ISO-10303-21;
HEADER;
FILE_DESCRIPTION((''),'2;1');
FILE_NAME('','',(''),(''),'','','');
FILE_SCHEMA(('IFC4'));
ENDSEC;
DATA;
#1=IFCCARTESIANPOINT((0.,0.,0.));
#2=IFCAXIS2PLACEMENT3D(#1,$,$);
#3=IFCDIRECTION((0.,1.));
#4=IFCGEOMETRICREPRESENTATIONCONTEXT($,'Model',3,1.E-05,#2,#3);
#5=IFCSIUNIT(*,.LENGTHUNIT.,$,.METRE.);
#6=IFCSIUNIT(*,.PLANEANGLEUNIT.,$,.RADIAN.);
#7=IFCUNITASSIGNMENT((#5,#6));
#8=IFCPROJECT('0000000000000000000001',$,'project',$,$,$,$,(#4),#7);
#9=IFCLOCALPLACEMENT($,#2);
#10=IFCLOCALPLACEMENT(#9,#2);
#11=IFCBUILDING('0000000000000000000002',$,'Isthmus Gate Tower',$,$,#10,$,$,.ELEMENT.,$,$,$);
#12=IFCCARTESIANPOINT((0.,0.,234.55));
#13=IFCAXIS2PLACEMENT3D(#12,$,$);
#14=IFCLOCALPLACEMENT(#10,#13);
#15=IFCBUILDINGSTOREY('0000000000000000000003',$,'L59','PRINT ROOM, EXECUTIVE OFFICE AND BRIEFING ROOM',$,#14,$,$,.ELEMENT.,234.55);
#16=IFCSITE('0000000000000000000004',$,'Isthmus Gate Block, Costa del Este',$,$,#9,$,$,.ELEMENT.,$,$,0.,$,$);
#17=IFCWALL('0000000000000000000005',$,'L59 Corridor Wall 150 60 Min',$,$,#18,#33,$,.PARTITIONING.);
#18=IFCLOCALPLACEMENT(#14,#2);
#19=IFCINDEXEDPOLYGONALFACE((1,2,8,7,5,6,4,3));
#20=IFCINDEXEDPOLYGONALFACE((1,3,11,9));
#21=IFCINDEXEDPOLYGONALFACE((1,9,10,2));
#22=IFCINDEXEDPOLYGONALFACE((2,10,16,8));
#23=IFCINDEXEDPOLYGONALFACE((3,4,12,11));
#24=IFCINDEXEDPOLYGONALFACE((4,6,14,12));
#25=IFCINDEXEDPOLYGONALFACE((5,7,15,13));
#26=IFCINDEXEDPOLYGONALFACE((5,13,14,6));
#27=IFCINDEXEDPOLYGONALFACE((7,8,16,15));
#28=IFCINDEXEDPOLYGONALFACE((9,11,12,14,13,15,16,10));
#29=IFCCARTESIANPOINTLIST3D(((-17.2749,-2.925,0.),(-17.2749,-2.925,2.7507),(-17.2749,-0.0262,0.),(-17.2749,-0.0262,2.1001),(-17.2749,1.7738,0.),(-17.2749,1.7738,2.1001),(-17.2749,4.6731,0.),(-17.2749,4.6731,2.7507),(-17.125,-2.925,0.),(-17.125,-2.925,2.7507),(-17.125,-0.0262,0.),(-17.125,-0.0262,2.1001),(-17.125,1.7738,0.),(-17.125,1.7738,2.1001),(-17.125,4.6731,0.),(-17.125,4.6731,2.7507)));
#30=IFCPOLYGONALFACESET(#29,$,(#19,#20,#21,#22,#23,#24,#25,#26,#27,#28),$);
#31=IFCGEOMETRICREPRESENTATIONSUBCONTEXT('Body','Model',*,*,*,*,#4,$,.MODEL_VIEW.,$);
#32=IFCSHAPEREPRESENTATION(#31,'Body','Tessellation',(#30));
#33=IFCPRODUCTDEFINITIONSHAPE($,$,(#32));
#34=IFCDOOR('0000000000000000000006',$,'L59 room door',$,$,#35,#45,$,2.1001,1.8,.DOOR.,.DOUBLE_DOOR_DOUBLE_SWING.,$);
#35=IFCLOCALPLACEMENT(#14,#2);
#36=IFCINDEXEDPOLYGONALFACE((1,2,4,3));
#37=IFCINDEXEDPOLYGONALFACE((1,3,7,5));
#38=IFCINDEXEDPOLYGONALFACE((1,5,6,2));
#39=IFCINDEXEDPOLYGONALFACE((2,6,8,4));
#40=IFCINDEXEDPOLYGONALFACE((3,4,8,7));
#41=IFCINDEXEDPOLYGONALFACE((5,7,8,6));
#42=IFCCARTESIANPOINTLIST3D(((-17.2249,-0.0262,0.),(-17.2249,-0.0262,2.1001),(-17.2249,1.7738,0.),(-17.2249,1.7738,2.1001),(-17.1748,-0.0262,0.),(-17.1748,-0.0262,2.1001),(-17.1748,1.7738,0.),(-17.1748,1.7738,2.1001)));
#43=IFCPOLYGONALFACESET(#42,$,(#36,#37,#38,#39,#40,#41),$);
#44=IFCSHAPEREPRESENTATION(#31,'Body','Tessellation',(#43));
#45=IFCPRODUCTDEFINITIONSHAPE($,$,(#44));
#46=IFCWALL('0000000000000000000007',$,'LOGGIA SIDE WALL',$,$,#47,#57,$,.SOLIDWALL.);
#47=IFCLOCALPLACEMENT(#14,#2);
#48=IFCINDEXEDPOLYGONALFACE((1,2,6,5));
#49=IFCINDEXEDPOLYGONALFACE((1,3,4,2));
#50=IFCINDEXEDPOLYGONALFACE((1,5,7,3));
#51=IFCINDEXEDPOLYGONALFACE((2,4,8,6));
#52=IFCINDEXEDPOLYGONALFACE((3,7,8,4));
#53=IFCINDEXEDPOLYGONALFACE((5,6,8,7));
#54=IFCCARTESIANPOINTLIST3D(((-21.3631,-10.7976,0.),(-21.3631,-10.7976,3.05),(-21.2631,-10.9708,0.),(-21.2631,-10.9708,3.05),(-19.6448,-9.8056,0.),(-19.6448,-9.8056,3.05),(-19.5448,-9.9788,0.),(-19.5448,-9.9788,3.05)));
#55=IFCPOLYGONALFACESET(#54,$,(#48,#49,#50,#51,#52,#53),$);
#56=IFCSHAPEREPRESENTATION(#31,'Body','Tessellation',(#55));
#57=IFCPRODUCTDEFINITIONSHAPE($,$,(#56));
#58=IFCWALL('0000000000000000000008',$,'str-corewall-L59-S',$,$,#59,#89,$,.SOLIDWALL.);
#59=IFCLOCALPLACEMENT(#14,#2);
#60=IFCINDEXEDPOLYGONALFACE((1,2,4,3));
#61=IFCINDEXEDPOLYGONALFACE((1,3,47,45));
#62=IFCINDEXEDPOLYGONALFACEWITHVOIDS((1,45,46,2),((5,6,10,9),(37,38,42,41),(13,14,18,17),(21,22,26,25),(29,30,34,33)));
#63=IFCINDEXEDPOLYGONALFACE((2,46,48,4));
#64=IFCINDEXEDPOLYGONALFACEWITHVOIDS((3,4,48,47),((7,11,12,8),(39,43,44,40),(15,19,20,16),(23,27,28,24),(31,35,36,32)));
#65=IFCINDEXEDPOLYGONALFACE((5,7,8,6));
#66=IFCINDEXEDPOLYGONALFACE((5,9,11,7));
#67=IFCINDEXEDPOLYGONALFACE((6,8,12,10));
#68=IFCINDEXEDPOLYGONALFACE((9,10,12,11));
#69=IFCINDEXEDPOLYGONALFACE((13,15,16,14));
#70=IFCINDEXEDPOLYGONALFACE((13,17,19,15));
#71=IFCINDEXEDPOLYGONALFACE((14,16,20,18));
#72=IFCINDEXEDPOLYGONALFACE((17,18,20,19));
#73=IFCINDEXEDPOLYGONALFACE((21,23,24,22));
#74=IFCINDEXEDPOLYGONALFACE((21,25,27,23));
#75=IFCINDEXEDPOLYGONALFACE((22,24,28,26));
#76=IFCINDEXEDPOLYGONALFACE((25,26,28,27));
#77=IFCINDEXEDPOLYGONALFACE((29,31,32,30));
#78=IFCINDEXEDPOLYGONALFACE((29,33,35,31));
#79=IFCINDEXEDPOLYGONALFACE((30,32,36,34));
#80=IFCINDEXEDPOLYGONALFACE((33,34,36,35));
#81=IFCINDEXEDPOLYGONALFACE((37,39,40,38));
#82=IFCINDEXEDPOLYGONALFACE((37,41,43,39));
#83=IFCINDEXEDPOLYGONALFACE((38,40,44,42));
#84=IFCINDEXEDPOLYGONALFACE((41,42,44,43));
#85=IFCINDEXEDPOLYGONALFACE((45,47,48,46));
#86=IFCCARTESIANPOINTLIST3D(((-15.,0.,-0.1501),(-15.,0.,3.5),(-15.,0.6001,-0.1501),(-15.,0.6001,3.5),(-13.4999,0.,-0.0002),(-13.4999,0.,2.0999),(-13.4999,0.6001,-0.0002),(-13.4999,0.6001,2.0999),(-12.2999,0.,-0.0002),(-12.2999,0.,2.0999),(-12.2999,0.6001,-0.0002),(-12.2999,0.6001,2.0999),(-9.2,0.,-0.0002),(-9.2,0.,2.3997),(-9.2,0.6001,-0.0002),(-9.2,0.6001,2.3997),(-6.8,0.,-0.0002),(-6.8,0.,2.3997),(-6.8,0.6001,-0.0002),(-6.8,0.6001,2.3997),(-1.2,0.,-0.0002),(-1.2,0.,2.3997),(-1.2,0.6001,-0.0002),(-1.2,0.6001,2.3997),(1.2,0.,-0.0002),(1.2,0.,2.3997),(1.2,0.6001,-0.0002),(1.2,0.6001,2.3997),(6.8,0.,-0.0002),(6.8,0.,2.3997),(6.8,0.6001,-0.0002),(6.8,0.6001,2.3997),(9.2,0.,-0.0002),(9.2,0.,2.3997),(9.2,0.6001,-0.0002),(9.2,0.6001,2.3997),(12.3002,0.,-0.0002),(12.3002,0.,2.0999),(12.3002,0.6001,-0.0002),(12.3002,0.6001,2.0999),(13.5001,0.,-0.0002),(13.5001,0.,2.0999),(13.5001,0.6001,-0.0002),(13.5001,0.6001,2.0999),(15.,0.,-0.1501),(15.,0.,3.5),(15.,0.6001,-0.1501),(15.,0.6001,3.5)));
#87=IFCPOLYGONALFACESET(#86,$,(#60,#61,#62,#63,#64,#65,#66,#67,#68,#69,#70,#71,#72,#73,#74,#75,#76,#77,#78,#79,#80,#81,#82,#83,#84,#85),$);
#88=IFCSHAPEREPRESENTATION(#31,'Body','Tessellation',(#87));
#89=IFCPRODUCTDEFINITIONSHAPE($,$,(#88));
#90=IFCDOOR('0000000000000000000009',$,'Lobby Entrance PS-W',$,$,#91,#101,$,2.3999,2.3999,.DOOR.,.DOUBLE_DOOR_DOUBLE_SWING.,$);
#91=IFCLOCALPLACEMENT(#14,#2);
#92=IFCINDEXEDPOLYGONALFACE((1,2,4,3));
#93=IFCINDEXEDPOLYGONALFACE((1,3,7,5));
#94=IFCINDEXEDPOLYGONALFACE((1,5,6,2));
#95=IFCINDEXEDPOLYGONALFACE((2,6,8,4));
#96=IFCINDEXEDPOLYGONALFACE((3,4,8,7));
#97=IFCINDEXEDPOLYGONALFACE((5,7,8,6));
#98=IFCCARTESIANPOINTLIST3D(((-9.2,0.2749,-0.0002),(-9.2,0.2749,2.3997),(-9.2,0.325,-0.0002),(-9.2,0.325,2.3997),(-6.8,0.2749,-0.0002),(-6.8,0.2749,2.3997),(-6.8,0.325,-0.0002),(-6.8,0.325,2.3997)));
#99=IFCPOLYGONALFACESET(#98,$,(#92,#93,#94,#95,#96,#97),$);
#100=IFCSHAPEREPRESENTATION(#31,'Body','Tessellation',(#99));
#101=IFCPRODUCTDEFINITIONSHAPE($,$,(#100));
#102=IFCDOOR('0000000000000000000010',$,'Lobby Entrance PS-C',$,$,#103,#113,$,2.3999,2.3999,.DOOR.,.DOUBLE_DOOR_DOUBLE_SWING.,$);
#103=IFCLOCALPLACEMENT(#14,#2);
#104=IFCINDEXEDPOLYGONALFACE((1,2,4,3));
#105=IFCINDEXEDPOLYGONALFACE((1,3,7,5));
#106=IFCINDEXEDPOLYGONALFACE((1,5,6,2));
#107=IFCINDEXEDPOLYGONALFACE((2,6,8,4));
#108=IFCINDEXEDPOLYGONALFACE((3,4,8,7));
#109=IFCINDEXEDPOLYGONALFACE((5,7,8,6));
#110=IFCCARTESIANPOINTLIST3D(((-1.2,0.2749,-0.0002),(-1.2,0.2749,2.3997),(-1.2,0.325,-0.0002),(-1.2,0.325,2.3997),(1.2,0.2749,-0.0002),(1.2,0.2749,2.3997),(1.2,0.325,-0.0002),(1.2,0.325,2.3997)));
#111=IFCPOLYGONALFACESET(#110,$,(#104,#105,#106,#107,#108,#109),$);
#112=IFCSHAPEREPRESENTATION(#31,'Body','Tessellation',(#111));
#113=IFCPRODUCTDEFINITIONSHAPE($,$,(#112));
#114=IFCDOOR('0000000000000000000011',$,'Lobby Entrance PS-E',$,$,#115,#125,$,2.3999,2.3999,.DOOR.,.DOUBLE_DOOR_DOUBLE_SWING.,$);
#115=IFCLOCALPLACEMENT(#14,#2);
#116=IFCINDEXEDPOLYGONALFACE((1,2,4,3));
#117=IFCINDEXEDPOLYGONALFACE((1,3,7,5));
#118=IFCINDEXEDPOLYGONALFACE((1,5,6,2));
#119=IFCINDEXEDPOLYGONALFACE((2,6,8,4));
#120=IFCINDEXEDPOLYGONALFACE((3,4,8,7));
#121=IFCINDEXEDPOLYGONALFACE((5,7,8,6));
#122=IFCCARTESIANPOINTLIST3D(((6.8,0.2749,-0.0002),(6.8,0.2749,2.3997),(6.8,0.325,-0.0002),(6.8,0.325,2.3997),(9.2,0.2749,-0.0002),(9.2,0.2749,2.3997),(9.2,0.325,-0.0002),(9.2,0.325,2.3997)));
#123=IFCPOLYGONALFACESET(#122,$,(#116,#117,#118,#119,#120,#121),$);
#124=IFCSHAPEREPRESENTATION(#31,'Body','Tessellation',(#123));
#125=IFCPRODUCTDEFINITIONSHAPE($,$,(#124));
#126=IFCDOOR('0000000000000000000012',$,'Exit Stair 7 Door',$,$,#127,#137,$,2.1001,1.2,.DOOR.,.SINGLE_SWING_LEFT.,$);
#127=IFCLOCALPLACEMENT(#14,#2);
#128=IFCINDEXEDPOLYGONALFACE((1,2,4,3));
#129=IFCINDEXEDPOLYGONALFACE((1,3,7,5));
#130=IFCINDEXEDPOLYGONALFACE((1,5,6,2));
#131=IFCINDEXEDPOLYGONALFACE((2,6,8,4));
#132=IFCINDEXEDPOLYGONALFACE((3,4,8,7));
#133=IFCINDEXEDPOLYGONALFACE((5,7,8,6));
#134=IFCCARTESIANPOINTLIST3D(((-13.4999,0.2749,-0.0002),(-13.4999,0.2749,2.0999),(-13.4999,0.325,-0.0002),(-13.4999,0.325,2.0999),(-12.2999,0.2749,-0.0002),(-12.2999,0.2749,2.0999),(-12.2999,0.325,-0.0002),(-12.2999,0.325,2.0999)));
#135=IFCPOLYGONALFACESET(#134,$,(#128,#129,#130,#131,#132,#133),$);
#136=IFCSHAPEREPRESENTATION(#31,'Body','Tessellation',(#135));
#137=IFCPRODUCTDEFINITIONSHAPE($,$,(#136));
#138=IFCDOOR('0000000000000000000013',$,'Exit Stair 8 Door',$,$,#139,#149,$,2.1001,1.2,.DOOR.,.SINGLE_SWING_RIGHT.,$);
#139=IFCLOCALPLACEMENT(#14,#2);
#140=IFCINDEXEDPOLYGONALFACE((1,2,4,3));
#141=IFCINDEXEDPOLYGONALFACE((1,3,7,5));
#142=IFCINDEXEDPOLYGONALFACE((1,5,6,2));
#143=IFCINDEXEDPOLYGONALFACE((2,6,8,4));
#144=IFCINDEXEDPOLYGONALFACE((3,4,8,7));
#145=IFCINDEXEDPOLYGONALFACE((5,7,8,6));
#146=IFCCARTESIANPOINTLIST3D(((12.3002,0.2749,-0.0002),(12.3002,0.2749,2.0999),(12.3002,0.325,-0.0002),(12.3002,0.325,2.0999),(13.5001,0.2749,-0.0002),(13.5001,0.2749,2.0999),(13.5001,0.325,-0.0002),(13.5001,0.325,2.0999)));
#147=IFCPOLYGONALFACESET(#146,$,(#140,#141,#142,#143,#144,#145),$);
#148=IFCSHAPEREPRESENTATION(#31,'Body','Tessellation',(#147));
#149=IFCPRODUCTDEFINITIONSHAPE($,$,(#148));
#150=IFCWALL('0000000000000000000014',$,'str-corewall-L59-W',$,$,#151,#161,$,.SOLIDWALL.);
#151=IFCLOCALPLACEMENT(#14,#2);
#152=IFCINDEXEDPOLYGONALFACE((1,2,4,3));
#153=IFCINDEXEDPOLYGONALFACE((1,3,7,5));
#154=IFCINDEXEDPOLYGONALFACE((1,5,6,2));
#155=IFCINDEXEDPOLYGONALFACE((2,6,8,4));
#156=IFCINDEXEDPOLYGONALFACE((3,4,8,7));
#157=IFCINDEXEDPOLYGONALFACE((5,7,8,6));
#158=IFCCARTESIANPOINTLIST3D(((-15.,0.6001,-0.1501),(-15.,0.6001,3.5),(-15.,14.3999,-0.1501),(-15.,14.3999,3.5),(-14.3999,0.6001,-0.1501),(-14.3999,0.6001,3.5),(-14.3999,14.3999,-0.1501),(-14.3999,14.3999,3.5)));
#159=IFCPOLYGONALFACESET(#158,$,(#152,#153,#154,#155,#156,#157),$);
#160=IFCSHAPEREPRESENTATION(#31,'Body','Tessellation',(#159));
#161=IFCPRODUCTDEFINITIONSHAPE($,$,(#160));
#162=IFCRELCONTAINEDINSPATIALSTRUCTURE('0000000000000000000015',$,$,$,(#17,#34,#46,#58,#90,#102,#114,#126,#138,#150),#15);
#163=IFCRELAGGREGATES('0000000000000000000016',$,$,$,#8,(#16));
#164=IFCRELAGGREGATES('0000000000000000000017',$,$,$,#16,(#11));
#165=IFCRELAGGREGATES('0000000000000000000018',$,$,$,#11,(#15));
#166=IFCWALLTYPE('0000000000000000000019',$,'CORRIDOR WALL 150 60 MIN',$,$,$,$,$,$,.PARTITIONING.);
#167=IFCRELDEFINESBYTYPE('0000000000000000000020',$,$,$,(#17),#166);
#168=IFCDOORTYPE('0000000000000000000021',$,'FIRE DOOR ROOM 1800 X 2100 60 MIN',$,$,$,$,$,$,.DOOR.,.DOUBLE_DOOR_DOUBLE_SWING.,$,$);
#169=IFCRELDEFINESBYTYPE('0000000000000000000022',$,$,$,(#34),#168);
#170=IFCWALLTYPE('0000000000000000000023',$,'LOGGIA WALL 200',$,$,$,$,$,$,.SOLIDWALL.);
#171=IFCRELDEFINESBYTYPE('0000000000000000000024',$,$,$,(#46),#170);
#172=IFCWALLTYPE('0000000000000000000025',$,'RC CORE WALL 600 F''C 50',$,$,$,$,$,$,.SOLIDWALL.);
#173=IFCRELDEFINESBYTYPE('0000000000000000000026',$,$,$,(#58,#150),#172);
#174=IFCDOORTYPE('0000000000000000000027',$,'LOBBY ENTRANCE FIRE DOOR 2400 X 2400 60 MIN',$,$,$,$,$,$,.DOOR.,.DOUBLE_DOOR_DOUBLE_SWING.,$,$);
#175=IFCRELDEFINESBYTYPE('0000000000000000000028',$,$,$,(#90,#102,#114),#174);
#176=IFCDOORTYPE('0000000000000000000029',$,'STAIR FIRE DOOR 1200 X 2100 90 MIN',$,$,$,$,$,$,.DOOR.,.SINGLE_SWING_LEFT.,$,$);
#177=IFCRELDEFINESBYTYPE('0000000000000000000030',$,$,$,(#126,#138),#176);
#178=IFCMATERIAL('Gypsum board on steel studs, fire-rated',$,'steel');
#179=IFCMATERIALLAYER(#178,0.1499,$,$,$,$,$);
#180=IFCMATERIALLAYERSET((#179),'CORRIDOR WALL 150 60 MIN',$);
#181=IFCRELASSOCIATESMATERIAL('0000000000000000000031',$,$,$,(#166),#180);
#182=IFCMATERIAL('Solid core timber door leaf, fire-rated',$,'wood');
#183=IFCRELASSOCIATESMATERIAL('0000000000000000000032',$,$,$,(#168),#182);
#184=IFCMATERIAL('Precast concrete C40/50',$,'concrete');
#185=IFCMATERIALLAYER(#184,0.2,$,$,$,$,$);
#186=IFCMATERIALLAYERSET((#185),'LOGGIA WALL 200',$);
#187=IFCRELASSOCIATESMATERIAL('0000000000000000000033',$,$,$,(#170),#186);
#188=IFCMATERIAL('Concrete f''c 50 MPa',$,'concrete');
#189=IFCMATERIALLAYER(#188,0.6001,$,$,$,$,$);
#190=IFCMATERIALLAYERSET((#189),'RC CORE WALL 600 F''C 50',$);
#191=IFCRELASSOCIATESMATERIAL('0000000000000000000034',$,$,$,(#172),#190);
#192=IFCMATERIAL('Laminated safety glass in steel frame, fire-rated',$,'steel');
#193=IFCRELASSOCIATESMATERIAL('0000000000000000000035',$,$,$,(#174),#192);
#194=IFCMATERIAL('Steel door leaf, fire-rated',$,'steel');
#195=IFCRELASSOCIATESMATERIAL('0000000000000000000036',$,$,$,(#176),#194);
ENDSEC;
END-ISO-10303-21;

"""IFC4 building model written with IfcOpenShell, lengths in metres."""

from ifc_helpers import new_model, si_unit, direction, frame, frame_2d, origin, place, context, subcontext, project, spatial, rectangle, extrude, material, layer, layer_set, type_object, element, fill, save


model = new_model("IFC4")

# Units and contexts
model_context = context("Model", 3, precision=1e-05, world=origin(), true_north=direction((0.0, 1.0)))
body_context = subcontext(model_context, "Body", "Model", "MODEL_VIEW")
ifc_project = project(units=[si_unit("LENGTHUNIT", "METRE"), si_unit("PLANEANGLEUNIT", "RADIAN")], contexts=[model_context])

# Site, building, storey
site_placement = place(None, origin())
site = spatial("IfcSite", under=ifc_project, at=site_placement, Name="Isthmus Gate Block, Costa del Este", CompositionType="ELEMENT", RefElevation=0.0)
building_placement = place(site_placement, origin())
building = spatial("IfcBuilding", under=site, at=building_placement, Name="Isthmus Gate Tower", CompositionType="ELEMENT")
storey_placement = place(building_placement, frame((0.0, 0.0, 234.55)))
storey = spatial("IfcBuildingStorey", under=building, at=storey_placement, Name="L59", Description="PRINT ROOM, EXECUTIVE OFFICE AND BRIEFING ROOM", CompositionType="ELEMENT", Elevation=234.55)

# Wall, opening, door
ifc_material_1 = material(Name="Gypsum board on steel studs, fire-rated", Category="steel")
ifc_layer_1 = layer(ifc_material_1, 0.1499)
ifc_layer_set_1 = layer_set([ifc_layer_1], Name="CORRIDOR WALL 150 60 MIN")
wall_type_1 = type_object("IfcWallType", Name="CORRIDOR WALL 150 60 MIN", PredefinedType="PARTITIONING", material=ifc_layer_set_1)
wall_1_placement = place(storey_placement, frame((-17.2, -2.925, 0.0), z_axis=(0.0, 0.0, 1.0), x_axis=(0.0, 1.0, 0.0)))
wall_1 = element("IfcWall", 1, at=wall_1_placement, inside=storey, type_object=wall_type_1, Name="L59 Corridor Wall 150 60 Min", PredefinedType="PARTITIONING", context=body_context, shape_type="SweptSolid", body=[
    extrude(rectangle(XDim=7.5981, YDim=0.1499, at=frame_2d((3.7991, 0.0))), origin(), (0.0, 0.0, 1.0), 2.7507),
])
opening_1_placement = place(wall_1_placement, frame((2.8989, 0.0, 0.0)))
opening_1 = element("IfcOpeningElement", 2, at=opening_1_placement, cuts=wall_1, PredefinedType="OPENING", context=body_context, shape_type="SweptSolid", body=[
    extrude(rectangle(XDim=1.8, YDim=2.1001, at=frame_2d((0.8999, 1.05))), frame((0.0, 0.085, 0.0), z_axis=(0.0, -1.0, 0.0), x_axis=(1.0, 0.0, 0.0)), (0.0, 0.0, 1.0), 0.1699),
])
ifc_material_2 = material(Name="Solid core timber door leaf, fire-rated", Category="wood")
door_type_1 = type_object("IfcDoorType", Name="FIRE DOOR ROOM 1800 X 2100 60 MIN", OperationType="DOUBLE_DOOR_DOUBLE_SWING", PredefinedType="DOOR", material=ifc_material_2)
door_1_placement = place(opening_1_placement, origin())
door_1 = element("IfcDoor", 3, at=door_1_placement, inside=storey, type_object=door_type_1, Name="L59 room door", OperationType="DOUBLE_DOOR_DOUBLE_SWING", OverallHeight=2.1001, OverallWidth=1.8, PredefinedType="DOOR", context=body_context, shape_type="SweptSolid", body=[
    extrude(rectangle(XDim=1.8, YDim=2.1001, at=frame_2d((0.8999, 1.05))), frame((0.0, 0.0249, 0.0), z_axis=(0.0, -1.0, 0.0), x_axis=(1.0, 0.0, 0.0)), (0.0, 0.0, 1.0), 0.05),
])
fill(opening_1, door_1)
ifc_material_3 = material(Name="Precast concrete C40/50", Category="concrete")
ifc_layer_2 = layer(ifc_material_3, 0.2)
ifc_layer_set_2 = layer_set([ifc_layer_2], Name="LOGGIA WALL 200")
wall_type_2 = type_object("IfcWallType", Name="LOGGIA WALL 200", PredefinedType="SOLIDWALL", material=ifc_layer_set_2)

# Wall
wall_2_placement = place(storey_placement, frame((-21.3132, -10.8843, 0.0), z_axis=(0.0, 0.0, 1.0), x_axis=(0.866046, 0.499964, 0.0)))
element("IfcWall", 4, at=wall_2_placement, inside=storey, type_object=wall_type_2, Name="LOGGIA SIDE WALL", PredefinedType="SOLIDWALL", context=body_context, shape_type="SweptSolid", body=[
    extrude(rectangle(XDim=1.9841, YDim=0.2, at=frame_2d((0.9922, 0.0))), origin(), (0.0, 0.0, 1.0), 3.05),
])

# Wall, openings, doors
ifc_material_4 = material(Name="Concrete f'c 50 MPa", Category="concrete")
ifc_layer_3 = layer(ifc_material_4, 0.6001)
ifc_layer_set_3 = layer_set([ifc_layer_3], Name="RC CORE WALL 600 F'C 50")
wall_type_3 = type_object("IfcWallType", Name="RC CORE WALL 600 F'C 50", PredefinedType="SOLIDWALL", material=ifc_layer_set_3)
wall_3_placement = place(storey_placement, frame((-15.0, 0.3, -0.1501), z_axis=(0.0, 0.0, 1.0), x_axis=(1.0, 0.0, 0.0)))
wall_3 = element("IfcWall", 5, at=wall_3_placement, inside=storey, type_object=wall_type_3, Name="str-corewall-L59-S", PredefinedType="SOLIDWALL", context=body_context, shape_type="SweptSolid", body=[
    extrude(rectangle(XDim=30.0, YDim=0.6001, at=frame_2d((15.0, 0.0))), origin(), (0.0, 0.0, 1.0), 3.6501),
])
opening_2_placement = place(wall_3_placement, frame((5.8, 0.0, 0.1499)))
opening_2 = element("IfcOpeningElement", 6, at=opening_2_placement, cuts=wall_3, PredefinedType="OPENING", context=body_context, shape_type="SweptSolid", body=[
    extrude(rectangle(XDim=2.3999, YDim=2.3999, at=frame_2d((1.2, 1.2))), frame((0.0, 0.3101, 0.0), z_axis=(0.0, -1.0, 0.0), x_axis=(1.0, 0.0, 0.0)), (0.0, 0.0, 1.0), 0.6201),
])
opening_3_placement = place(wall_3_placement, frame((13.8, 0.0, 0.1499)))
opening_3 = element("IfcOpeningElement", 7, at=opening_3_placement, cuts=wall_3, PredefinedType="OPENING", context=body_context, shape_type="SweptSolid", body=[
    extrude(rectangle(XDim=2.3999, YDim=2.3999, at=frame_2d((1.2, 1.2))), frame((0.0, 0.3101, 0.0), z_axis=(0.0, -1.0, 0.0), x_axis=(1.0, 0.0, 0.0)), (0.0, 0.0, 1.0), 0.6201),
])
opening_4_placement = place(wall_3_placement, frame((21.8, 0.0, 0.1499)))
opening_4 = element("IfcOpeningElement", 8, at=opening_4_placement, cuts=wall_3, PredefinedType="OPENING", context=body_context, shape_type="SweptSolid", body=[
    extrude(rectangle(XDim=2.3999, YDim=2.3999, at=frame_2d((1.2, 1.2))), frame((0.0, 0.3101, 0.0), z_axis=(0.0, -1.0, 0.0), x_axis=(1.0, 0.0, 0.0)), (0.0, 0.0, 1.0), 0.6201),
])
opening_5_placement = place(wall_3_placement, frame((1.5, 0.0, 0.1499)))
opening_5 = element("IfcOpeningElement", 9, at=opening_5_placement, cuts=wall_3, PredefinedType="OPENING", context=body_context, shape_type="SweptSolid", body=[
    extrude(rectangle(XDim=1.2, YDim=2.1001, at=frame_2d((0.6001, 1.05))), frame((0.0, 0.3101, 0.0), z_axis=(0.0, -1.0, 0.0), x_axis=(1.0, 0.0, 0.0)), (0.0, 0.0, 1.0), 0.6201),
])
opening_6_placement = place(wall_3_placement, frame((27.3, 0.0, 0.1499)))
opening_6 = element("IfcOpeningElement", 10, at=opening_6_placement, cuts=wall_3, PredefinedType="OPENING", context=body_context, shape_type="SweptSolid", body=[
    extrude(rectangle(XDim=1.2, YDim=2.1001, at=frame_2d((0.6001, 1.05))), frame((0.0, 0.3101, 0.0), z_axis=(0.0, -1.0, 0.0), x_axis=(1.0, 0.0, 0.0)), (0.0, 0.0, 1.0), 0.6201),
])
ifc_material_5 = material(Name="Laminated safety glass in steel frame, fire-rated", Category="steel")
door_type_2 = type_object("IfcDoorType", Name="LOBBY ENTRANCE FIRE DOOR 2400 X 2400 60 MIN", OperationType="DOUBLE_DOOR_DOUBLE_SWING", PredefinedType="DOOR", material=ifc_material_5)
door_2_placement = place(opening_2_placement, origin())
door_2 = element("IfcDoor", 11, at=door_2_placement, inside=storey, type_object=door_type_2, Name="Lobby Entrance PS-W", OperationType="DOUBLE_DOOR_DOUBLE_SWING", OverallHeight=2.3999, OverallWidth=2.3999, PredefinedType="DOOR", context=body_context, shape_type="SweptSolid", body=[
    extrude(rectangle(XDim=2.3999, YDim=2.3999, at=frame_2d((1.2, 1.2))), frame((0.0, 0.0249, 0.0), z_axis=(0.0, -1.0, 0.0), x_axis=(1.0, 0.0, 0.0)), (0.0, 0.0, 1.0), 0.05),
])
fill(opening_2, door_2)
door_3_placement = place(opening_3_placement, origin())
door_3 = element("IfcDoor", 12, at=door_3_placement, inside=storey, type_object=door_type_2, Name="Lobby Entrance PS-C", OperationType="DOUBLE_DOOR_DOUBLE_SWING", OverallHeight=2.3999, OverallWidth=2.3999, PredefinedType="DOOR", context=body_context, shape_type="SweptSolid", body=[
    extrude(rectangle(XDim=2.3999, YDim=2.3999, at=frame_2d((1.2, 1.2))), frame((0.0, 0.0249, 0.0), z_axis=(0.0, -1.0, 0.0), x_axis=(1.0, 0.0, 0.0)), (0.0, 0.0, 1.0), 0.05),
])
fill(opening_3, door_3)
door_4_placement = place(opening_4_placement, origin())
door_4 = element("IfcDoor", 13, at=door_4_placement, inside=storey, type_object=door_type_2, Name="Lobby Entrance PS-E", OperationType="DOUBLE_DOOR_DOUBLE_SWING", OverallHeight=2.3999, OverallWidth=2.3999, PredefinedType="DOOR", context=body_context, shape_type="SweptSolid", body=[
    extrude(rectangle(XDim=2.3999, YDim=2.3999, at=frame_2d((1.2, 1.2))), frame((0.0, 0.0249, 0.0), z_axis=(0.0, -1.0, 0.0), x_axis=(1.0, 0.0, 0.0)), (0.0, 0.0, 1.0), 0.05),
])
fill(opening_4, door_4)
ifc_material_6 = material(Name="Steel door leaf, fire-rated", Category="steel")
door_type_3 = type_object("IfcDoorType", Name="STAIR FIRE DOOR 1200 X 2100 90 MIN", OperationType="SINGLE_SWING_LEFT", PredefinedType="DOOR", material=ifc_material_6)
door_5_placement = place(opening_5_placement, origin())
door_5 = element("IfcDoor", 14, at=door_5_placement, inside=storey, type_object=door_type_3, Name="Exit Stair 7 Door", OperationType="SINGLE_SWING_LEFT", OverallHeight=2.1001, OverallWidth=1.2, PredefinedType="DOOR", context=body_context, shape_type="SweptSolid", body=[
    extrude(rectangle(XDim=1.2, YDim=2.1001, at=frame_2d((0.6001, 1.05))), frame((0.0, 0.0249, 0.0), z_axis=(0.0, -1.0, 0.0), x_axis=(1.0, 0.0, 0.0)), (0.0, 0.0, 1.0), 0.05),
])
fill(opening_5, door_5)
door_6_placement = place(opening_6_placement, origin())
door_6 = element("IfcDoor", 15, at=door_6_placement, inside=storey, type_object=door_type_3, Name="Exit Stair 8 Door", OperationType="SINGLE_SWING_RIGHT", OverallHeight=2.1001, OverallWidth=1.2, PredefinedType="DOOR", context=body_context, shape_type="SweptSolid", body=[
    extrude(rectangle(XDim=1.2, YDim=2.1001, at=frame_2d((0.6001, 1.05))), frame((0.0, 0.0249, 0.0), z_axis=(0.0, -1.0, 0.0), x_axis=(1.0, 0.0, 0.0)), (0.0, 0.0, 1.0), 0.05),
])
fill(opening_6, door_6)

# Wall
wall_4_placement = place(storey_placement, frame((-14.7, 0.6001, -0.1501), z_axis=(0.0, 0.0, 1.0), x_axis=(0.0, 1.0, 0.0)))
element("IfcWall", 16, at=wall_4_placement, inside=storey, type_object=wall_type_3, Name="str-corewall-L59-W", PredefinedType="SOLIDWALL", context=body_context, shape_type="SweptSolid", body=[
    extrude(rectangle(XDim=13.7998, YDim=0.6001, at=frame_2d((6.8999, 0.0))), origin(), (0.0, 0.0, 1.0), 3.6501),
])

save(model, "model.ifc")
